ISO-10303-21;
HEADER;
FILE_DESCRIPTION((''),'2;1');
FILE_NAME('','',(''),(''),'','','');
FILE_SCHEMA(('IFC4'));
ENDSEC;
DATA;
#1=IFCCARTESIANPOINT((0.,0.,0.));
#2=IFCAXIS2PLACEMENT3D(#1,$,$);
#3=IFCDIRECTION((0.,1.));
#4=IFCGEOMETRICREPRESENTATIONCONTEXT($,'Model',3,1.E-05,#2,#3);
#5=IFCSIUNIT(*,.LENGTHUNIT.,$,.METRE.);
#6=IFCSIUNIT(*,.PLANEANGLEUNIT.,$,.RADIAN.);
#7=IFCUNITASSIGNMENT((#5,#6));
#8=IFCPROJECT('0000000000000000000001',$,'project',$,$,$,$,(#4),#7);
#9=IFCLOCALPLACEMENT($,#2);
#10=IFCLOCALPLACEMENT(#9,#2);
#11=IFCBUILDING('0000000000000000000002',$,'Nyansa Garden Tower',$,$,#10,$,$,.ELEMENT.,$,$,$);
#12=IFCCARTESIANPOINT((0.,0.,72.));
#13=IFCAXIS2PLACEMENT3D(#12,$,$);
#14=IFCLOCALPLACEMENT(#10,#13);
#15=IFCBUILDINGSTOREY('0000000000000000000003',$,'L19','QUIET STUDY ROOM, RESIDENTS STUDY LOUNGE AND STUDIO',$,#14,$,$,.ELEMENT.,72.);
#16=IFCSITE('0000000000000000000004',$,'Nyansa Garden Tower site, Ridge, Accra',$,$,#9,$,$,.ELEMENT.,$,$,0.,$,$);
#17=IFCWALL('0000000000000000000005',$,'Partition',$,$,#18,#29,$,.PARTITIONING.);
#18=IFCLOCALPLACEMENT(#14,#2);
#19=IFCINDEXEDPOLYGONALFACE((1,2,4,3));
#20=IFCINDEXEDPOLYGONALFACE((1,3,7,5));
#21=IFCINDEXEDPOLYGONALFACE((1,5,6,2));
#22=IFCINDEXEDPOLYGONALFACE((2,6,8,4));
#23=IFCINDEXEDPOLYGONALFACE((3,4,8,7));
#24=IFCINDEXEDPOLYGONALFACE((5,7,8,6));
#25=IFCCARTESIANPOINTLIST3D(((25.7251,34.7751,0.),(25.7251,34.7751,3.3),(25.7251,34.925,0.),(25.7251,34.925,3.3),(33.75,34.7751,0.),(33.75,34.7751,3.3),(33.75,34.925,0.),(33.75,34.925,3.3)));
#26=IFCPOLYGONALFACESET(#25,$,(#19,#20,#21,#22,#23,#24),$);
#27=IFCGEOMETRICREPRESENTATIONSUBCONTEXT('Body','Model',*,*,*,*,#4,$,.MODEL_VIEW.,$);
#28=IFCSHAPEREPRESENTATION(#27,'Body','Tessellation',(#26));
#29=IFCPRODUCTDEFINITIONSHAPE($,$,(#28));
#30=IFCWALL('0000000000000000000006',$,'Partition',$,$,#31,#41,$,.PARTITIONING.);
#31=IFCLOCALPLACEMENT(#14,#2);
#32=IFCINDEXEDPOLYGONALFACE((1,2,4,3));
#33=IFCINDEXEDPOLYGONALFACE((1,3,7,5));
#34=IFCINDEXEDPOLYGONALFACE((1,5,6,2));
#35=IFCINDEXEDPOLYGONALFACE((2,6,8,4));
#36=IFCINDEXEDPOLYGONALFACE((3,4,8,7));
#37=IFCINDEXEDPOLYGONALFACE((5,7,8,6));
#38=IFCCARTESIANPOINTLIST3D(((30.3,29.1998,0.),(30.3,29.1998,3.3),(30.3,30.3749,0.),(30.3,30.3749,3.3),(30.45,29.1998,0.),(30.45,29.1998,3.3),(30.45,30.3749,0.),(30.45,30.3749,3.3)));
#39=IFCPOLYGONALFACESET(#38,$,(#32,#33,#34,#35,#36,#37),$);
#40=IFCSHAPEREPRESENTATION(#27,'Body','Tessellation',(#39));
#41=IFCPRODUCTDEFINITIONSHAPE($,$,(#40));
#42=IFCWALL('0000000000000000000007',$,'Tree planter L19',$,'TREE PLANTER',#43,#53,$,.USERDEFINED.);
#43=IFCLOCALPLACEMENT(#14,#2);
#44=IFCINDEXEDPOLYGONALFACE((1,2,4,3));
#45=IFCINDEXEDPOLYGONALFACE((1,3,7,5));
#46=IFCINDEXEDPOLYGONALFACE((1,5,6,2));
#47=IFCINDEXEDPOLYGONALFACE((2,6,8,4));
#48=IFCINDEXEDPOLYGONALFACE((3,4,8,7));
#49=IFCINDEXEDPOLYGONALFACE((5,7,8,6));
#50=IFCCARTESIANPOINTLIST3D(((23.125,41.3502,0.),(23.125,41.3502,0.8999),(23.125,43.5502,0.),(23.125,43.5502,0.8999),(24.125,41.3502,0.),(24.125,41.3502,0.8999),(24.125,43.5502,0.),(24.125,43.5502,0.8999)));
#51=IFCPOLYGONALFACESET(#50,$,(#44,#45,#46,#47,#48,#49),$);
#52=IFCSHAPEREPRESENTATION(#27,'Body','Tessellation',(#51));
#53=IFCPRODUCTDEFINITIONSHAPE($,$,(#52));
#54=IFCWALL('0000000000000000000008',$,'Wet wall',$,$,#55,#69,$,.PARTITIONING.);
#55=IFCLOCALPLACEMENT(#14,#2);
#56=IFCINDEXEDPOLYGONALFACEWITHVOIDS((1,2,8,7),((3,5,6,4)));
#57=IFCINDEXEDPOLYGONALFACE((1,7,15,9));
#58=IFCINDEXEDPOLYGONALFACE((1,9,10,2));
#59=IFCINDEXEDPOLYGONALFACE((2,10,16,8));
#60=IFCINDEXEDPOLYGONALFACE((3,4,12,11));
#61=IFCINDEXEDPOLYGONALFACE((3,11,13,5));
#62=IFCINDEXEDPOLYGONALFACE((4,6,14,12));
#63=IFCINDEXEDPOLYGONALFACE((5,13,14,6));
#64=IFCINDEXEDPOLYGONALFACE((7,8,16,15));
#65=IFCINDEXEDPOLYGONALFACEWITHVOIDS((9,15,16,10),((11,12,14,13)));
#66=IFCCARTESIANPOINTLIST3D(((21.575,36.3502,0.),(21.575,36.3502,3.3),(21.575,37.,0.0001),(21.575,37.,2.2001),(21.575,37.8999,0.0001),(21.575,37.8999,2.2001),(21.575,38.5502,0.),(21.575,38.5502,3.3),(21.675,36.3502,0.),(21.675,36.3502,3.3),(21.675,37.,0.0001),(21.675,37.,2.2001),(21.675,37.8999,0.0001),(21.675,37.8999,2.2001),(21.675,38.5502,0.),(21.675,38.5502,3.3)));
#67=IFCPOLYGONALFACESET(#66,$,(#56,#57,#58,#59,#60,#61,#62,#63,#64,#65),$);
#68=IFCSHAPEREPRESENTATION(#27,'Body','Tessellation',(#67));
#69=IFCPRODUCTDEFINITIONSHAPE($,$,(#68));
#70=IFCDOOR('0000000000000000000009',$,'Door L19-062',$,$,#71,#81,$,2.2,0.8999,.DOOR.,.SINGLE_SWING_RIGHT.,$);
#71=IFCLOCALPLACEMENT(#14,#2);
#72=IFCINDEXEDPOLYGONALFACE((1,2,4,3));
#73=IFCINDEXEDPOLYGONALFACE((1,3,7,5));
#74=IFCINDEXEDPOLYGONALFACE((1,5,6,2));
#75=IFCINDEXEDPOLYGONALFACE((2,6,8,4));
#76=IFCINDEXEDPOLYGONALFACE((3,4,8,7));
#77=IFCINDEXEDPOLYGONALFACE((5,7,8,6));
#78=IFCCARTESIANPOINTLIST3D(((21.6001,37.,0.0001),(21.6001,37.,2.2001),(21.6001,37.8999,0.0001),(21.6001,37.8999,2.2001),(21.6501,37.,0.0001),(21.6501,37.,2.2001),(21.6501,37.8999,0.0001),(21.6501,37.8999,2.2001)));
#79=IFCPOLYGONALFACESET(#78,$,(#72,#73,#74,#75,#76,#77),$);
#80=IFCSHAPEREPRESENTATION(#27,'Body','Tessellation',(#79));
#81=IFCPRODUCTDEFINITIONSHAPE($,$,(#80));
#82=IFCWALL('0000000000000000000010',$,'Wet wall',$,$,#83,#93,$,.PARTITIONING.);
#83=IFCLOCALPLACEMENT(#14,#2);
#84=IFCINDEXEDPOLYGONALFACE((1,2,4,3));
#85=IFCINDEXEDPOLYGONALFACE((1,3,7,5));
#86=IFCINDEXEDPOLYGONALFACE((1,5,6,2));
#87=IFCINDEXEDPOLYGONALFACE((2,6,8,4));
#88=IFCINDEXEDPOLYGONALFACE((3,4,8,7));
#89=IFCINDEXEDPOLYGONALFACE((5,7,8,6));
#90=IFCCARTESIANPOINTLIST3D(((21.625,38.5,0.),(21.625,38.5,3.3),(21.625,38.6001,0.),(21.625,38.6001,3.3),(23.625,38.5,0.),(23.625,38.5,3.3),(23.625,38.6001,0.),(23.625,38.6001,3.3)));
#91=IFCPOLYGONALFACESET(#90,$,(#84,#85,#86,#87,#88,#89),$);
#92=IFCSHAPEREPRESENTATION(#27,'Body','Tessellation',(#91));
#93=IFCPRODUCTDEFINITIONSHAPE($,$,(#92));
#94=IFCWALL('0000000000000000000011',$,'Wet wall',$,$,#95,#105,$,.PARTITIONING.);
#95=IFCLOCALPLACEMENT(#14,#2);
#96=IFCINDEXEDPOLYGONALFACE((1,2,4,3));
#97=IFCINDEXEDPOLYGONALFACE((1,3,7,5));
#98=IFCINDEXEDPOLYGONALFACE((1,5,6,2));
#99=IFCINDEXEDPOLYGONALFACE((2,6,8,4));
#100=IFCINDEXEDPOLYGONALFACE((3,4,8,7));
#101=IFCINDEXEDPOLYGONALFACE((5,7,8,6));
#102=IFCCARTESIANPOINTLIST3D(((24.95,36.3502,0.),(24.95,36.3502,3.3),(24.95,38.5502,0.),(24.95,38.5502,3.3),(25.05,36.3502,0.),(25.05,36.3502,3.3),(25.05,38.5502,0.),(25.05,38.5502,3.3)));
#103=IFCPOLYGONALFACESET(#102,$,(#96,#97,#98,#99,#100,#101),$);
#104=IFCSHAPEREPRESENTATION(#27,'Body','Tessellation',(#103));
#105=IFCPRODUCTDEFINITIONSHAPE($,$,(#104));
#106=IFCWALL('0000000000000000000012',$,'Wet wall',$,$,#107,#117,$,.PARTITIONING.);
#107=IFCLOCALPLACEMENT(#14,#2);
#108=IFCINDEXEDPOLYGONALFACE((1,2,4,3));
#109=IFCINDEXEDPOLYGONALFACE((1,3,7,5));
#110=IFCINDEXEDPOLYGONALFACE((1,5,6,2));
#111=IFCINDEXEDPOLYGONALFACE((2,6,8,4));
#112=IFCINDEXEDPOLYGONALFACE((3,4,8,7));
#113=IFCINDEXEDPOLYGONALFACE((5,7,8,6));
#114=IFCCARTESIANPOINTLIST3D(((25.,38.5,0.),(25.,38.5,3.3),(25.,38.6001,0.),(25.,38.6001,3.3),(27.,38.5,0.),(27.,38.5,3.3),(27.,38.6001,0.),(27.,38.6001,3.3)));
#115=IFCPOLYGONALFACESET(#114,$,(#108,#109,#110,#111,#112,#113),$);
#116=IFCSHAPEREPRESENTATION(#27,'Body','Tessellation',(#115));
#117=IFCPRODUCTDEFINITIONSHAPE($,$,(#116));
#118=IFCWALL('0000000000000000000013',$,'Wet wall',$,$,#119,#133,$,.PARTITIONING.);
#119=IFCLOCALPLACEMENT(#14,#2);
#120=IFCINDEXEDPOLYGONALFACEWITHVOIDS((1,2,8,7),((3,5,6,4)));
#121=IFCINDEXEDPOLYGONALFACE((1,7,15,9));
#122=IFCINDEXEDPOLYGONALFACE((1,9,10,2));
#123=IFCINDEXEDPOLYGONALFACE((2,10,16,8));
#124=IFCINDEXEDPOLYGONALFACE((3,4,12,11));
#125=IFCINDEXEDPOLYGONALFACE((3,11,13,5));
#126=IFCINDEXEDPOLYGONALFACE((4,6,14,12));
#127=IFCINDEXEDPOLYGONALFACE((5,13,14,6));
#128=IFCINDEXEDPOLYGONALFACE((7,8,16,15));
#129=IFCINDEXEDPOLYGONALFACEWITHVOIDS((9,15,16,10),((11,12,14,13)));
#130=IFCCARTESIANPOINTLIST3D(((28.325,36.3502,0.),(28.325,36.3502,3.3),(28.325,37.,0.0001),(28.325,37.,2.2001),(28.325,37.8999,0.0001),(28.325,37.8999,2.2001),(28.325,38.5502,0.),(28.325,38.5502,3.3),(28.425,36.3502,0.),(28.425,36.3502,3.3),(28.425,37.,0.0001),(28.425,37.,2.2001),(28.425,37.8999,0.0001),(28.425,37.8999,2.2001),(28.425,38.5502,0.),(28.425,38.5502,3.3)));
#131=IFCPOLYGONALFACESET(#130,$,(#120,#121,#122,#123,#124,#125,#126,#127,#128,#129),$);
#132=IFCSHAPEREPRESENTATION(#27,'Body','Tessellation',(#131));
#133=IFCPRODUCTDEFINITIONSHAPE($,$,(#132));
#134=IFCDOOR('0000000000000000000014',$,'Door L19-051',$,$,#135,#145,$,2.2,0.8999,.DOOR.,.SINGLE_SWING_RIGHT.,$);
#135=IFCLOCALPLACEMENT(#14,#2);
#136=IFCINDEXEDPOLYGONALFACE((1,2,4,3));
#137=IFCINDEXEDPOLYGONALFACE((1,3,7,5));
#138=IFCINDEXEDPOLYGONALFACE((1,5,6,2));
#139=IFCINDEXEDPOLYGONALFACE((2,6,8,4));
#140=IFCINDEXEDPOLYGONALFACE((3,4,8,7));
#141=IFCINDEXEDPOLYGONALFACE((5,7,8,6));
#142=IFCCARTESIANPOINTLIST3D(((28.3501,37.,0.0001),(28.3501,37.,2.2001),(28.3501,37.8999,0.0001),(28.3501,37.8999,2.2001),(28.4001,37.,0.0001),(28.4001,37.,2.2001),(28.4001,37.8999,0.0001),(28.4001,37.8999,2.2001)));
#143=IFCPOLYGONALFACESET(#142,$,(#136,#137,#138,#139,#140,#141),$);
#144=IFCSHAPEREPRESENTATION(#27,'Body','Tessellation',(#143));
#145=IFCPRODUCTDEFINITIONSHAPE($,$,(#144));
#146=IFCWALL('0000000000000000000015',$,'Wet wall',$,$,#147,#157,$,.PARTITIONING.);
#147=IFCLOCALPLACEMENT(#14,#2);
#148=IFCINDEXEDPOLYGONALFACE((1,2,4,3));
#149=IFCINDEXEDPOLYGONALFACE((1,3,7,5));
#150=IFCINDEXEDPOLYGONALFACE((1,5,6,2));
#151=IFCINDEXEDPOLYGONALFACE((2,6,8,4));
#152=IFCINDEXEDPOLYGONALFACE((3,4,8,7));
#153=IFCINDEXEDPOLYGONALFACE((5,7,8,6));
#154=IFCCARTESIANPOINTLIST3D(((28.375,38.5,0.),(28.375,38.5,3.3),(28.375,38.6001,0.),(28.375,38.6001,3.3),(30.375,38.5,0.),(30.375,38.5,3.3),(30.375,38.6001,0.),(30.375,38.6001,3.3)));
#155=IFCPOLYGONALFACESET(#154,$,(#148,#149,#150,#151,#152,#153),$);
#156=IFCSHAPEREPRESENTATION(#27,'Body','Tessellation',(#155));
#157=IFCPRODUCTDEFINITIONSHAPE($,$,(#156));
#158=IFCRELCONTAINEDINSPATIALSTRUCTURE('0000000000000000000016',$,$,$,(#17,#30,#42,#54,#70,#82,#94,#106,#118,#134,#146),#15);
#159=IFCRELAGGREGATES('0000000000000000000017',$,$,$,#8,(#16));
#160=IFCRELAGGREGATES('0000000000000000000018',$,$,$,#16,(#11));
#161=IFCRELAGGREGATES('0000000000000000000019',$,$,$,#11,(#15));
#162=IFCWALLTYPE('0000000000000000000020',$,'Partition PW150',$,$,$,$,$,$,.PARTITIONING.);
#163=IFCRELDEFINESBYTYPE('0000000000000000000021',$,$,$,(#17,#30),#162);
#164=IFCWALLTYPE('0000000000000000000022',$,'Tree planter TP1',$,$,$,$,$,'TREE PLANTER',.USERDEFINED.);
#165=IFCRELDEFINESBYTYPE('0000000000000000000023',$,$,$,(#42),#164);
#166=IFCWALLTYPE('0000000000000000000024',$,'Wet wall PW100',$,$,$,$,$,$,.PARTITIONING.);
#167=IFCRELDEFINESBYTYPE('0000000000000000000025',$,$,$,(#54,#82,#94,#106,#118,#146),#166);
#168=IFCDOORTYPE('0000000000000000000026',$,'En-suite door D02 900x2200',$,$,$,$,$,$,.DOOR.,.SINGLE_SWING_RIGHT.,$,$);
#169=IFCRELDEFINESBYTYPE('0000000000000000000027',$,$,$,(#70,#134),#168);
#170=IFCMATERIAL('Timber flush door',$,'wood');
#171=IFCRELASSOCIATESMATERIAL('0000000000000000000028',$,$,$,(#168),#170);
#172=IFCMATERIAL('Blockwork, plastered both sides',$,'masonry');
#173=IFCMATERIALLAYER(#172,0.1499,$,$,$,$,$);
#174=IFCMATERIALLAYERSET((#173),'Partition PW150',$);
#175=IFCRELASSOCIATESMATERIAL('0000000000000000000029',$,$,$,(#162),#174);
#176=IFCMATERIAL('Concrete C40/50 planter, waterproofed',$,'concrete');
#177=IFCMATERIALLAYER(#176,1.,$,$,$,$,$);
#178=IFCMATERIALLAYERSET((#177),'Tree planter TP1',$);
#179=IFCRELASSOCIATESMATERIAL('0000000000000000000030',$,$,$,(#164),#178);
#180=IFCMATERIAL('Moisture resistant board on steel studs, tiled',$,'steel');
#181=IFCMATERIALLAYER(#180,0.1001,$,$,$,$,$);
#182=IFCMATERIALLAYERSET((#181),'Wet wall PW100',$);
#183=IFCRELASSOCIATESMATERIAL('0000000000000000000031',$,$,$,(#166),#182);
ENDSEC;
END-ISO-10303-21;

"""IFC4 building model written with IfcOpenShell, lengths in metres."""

from ifc_helpers import new_model, si_unit, direction, frame, frame_2d, origin, place, context, subcontext, project, spatial, rectangle, extrude, material, layer, layer_set, type_object, element, fill, save


model = new_model("IFC4")

# Units and contexts
model_context = context("Model", 3, precision=1e-05, world=origin(), true_north=direction((0.0, 1.0)))
body_context = subcontext(model_context, "Body", "Model", "MODEL_VIEW")
ifc_project = project(units=[si_unit("LENGTHUNIT", "METRE"), si_unit("PLANEANGLEUNIT", "RADIAN")], contexts=[model_context])

# Site, building, storey
site_placement = place(None, origin())
site = spatial("IfcSite", under=ifc_project, at=site_placement, Name="Nyansa Garden Tower site, Ridge, Accra", CompositionType="ELEMENT", RefElevation=0.0)
building_placement = place(site_placement, origin())
building = spatial("IfcBuilding", under=site, at=building_placement, Name="Nyansa Garden Tower", CompositionType="ELEMENT")
storey_placement = place(building_placement, frame((0.0, 0.0, 72.0)))
storey = spatial("IfcBuildingStorey", under=building, at=storey_placement, Name="L19", Description="QUIET STUDY ROOM, RESIDENTS STUDY LOUNGE AND STUDIO", CompositionType="ELEMENT", Elevation=72.0)

# Shared definitions
ifc_material_1 = material(Name="Timber flush door", Category="wood")
door_type_1 = type_object("IfcDoorType", Name="En-suite door D02 900x2200", OperationType="SINGLE_SWING_RIGHT", PredefinedType="DOOR", material=ifc_material_1)

# Walls
ifc_material_2 = material(Name="Blockwork, plastered both sides", Category="masonry")
ifc_layer_1 = layer(ifc_material_2, 0.1499)
ifc_layer_set_1 = layer_set([ifc_layer_1], Name="Partition PW150")
wall_type_1 = type_object("IfcWallType", Name="Partition PW150", PredefinedType="PARTITIONING", material=ifc_layer_set_1)
wall_1_placement = place(storey_placement, frame((25.7251, 34.8501, 0.0), z_axis=(0.0, 0.0, 1.0), x_axis=(1.0, 0.0, 0.0)))
element("IfcWall", 1, at=wall_1_placement, inside=storey, type_object=wall_type_1, Name="Partition", PredefinedType="PARTITIONING", context=body_context, shape_type="SweptSolid", body=[
    extrude(rectangle(XDim=8.0249, YDim=0.1499, at=frame_2d((4.0125, 0.0))), origin(), (0.0, 0.0, 1.0), 3.3),
])
wall_2_placement = place(storey_placement, frame((30.375, 29.2, 0.0), z_axis=(0.0, 0.0, 1.0), x_axis=(0.0, 1.0, 0.0)))
element("IfcWall", 2, at=wall_2_placement, inside=storey, type_object=wall_type_1, Name="Partition", PredefinedType="PARTITIONING", context=body_context, shape_type="SweptSolid", body=[
    extrude(rectangle(XDim=1.175, YDim=0.1499, at=frame_2d((0.5874, 0.0))), origin(), (0.0, 0.0, 1.0), 3.3),
])
ifc_material_3 = material(Name="Concrete C40/50 planter, waterproofed", Category="concrete")
ifc_layer_2 = layer(ifc_material_3, 1.0)
ifc_layer_set_2 = layer_set([ifc_layer_2], Name="Tree planter TP1")
wall_type_2 = type_object("IfcWallType", Name="Tree planter TP1", ElementType="TREE PLANTER", PredefinedType="USERDEFINED", material=ifc_layer_set_2)
wall_3_placement = place(storey_placement, frame((23.625, 41.3501, 0.0), z_axis=(0.0, 0.0, 1.0), x_axis=(0.0, 1.0, 0.0)))
element("IfcWall", 3, at=wall_3_placement, inside=storey, type_object=wall_type_2, Name="Tree planter L19", ObjectType="TREE PLANTER", PredefinedType="USERDEFINED", context=body_context, shape_type="SweptSolid", body=[
    extrude(rectangle(XDim=2.2, YDim=1.0, at=frame_2d((1.1001, 0.0))), origin(), (0.0, 0.0, 1.0), 0.8999),
])

# Wall, opening, door
ifc_material_4 = material(Name="Moisture resistant board on steel studs, tiled", Category="steel")
ifc_layer_3 = layer(ifc_material_4, 0.1001)
ifc_layer_set_3 = layer_set([ifc_layer_3], Name="Wet wall PW100")
wall_type_3 = type_object("IfcWallType", Name="Wet wall PW100", PredefinedType="PARTITIONING", material=ifc_layer_set_3)
wall_4_placement = place(storey_placement, frame((21.625, 36.3501, 0.0), z_axis=(0.0, 0.0, 1.0), x_axis=(0.0, 1.0, 0.0)))
wall_4 = element("IfcWall", 4, at=wall_4_placement, inside=storey, type_object=wall_type_3, Name="Wet wall", PredefinedType="PARTITIONING", context=body_context, shape_type="SweptSolid", body=[
    extrude(rectangle(XDim=2.2, YDim=0.1001, at=frame_2d((1.1001, 0.0))), origin(), (0.0, 0.0, 1.0), 3.3),
])
opening_1_placement = place(wall_4_placement, frame((0.6499, 0.0, 0.0)))
opening_1 = element("IfcOpeningElement", 5, at=opening_1_placement, cuts=wall_4, PredefinedType="OPENING", context=body_context, shape_type="SweptSolid", body=[
    extrude(rectangle(XDim=0.8999, YDim=2.2, at=frame_2d((0.45, 1.1001))), frame((0.0, 0.0601, 0.0), z_axis=(0.0, -1.0, 0.0), x_axis=(1.0, 0.0, 0.0)), (0.0, 0.0, 1.0), 0.1201),
])
door_1_placement = place(opening_1_placement, origin())
door_1 = element("IfcDoor", 6, at=door_1_placement, inside=storey, type_object=door_type_1, Name="Door L19-062", OperationType="SINGLE_SWING_RIGHT", OverallHeight=2.2, OverallWidth=0.8999, PredefinedType="DOOR", context=body_context, shape_type="SweptSolid", body=[
    extrude(rectangle(XDim=0.8999, YDim=2.2, at=frame_2d((0.45, 1.1001))), frame((0.0, 0.0249, 0.0), z_axis=(0.0, -1.0, 0.0), x_axis=(1.0, 0.0, 0.0)), (0.0, 0.0, 1.0), 0.05),
])
fill(opening_1, door_1)

# Walls
wall_5_placement = place(storey_placement, frame((21.625, 38.55, 0.0), z_axis=(0.0, 0.0, 1.0), x_axis=(1.0, 0.0, 0.0)))
element("IfcWall", 7, at=wall_5_placement, inside=storey, type_object=wall_type_3, Name="Wet wall", PredefinedType="PARTITIONING", context=body_context, shape_type="SweptSolid", body=[
    extrude(rectangle(XDim=2.0, YDim=0.1001, at=frame_2d((1.0, 0.0))), origin(), (0.0, 0.0, 1.0), 3.3),
])
wall_6_placement = place(storey_placement, frame((25.0, 36.3501, 0.0), z_axis=(0.0, 0.0, 1.0), x_axis=(0.0, 1.0, 0.0)))
element("IfcWall", 8, at=wall_6_placement, inside=storey, type_object=wall_type_3, Name="Wet wall", PredefinedType="PARTITIONING", context=body_context, shape_type="SweptSolid", body=[
    extrude(rectangle(XDim=2.2, YDim=0.1001, at=frame_2d((1.1001, 0.0))), origin(), (0.0, 0.0, 1.0), 3.3),
])
wall_7_placement = place(storey_placement, frame((25.0, 38.55, 0.0), z_axis=(0.0, 0.0, 1.0), x_axis=(1.0, 0.0, 0.0)))
element("IfcWall", 9, at=wall_7_placement, inside=storey, type_object=wall_type_3, Name="Wet wall", PredefinedType="PARTITIONING", context=body_context, shape_type="SweptSolid", body=[
    extrude(rectangle(XDim=2.0, YDim=0.1001, at=frame_2d((1.0, 0.0))), origin(), (0.0, 0.0, 1.0), 3.3),
])

# Wall, opening, door
wall_8_placement = place(storey_placement, frame((28.375, 36.3501, 0.0), z_axis=(0.0, 0.0, 1.0), x_axis=(0.0, 1.0, 0.0)))
wall_8 = element("IfcWall", 10, at=wall_8_placement, inside=storey, type_object=wall_type_3, Name="Wet wall", PredefinedType="PARTITIONING", context=body_context, shape_type="SweptSolid", body=[
    extrude(rectangle(XDim=2.2, YDim=0.1001, at=frame_2d((1.1001, 0.0))), origin(), (0.0, 0.0, 1.0), 3.3),
])
opening_2_placement = place(wall_8_placement, frame((0.6499, 0.0, 0.0)))
opening_2 = element("IfcOpeningElement", 11, at=opening_2_placement, cuts=wall_8, PredefinedType="OPENING", context=body_context, shape_type="SweptSolid", body=[
    extrude(rectangle(XDim=0.8999, YDim=2.2, at=frame_2d((0.45, 1.1001))), frame((0.0, 0.0601, 0.0), z_axis=(0.0, -1.0, 0.0), x_axis=(1.0, 0.0, 0.0)), (0.0, 0.0, 1.0), 0.1201),
])
door_2_placement = place(opening_2_placement, origin())
door_2 = element("IfcDoor", 12, at=door_2_placement, inside=storey, type_object=door_type_1, Name="Door L19-051", OperationType="SINGLE_SWING_RIGHT", OverallHeight=2.2, OverallWidth=0.8999, PredefinedType="DOOR", context=body_context, shape_type="SweptSolid", body=[
    extrude(rectangle(XDim=0.8999, YDim=2.2, at=frame_2d((0.45, 1.1001))), frame((0.0, 0.0249, 0.0), z_axis=(0.0, -1.0, 0.0), x_axis=(1.0, 0.0, 0.0)), (0.0, 0.0, 1.0), 0.05),
])
fill(opening_2, door_2)

# Wall
wall_9_placement = place(storey_placement, frame((28.375, 38.55, 0.0), z_axis=(0.0, 0.0, 1.0), x_axis=(1.0, 0.0, 0.0)))
element("IfcWall", 13, at=wall_9_placement, inside=storey, type_object=wall_type_3, Name="Wet wall", PredefinedType="PARTITIONING", context=body_context, shape_type="SweptSolid", body=[
    extrude(rectangle(XDim=2.0, YDim=0.1001, at=frame_2d((1.0, 0.0))), origin(), (0.0, 0.0, 1.0), 3.3),
])

save(model, "model.ifc")
